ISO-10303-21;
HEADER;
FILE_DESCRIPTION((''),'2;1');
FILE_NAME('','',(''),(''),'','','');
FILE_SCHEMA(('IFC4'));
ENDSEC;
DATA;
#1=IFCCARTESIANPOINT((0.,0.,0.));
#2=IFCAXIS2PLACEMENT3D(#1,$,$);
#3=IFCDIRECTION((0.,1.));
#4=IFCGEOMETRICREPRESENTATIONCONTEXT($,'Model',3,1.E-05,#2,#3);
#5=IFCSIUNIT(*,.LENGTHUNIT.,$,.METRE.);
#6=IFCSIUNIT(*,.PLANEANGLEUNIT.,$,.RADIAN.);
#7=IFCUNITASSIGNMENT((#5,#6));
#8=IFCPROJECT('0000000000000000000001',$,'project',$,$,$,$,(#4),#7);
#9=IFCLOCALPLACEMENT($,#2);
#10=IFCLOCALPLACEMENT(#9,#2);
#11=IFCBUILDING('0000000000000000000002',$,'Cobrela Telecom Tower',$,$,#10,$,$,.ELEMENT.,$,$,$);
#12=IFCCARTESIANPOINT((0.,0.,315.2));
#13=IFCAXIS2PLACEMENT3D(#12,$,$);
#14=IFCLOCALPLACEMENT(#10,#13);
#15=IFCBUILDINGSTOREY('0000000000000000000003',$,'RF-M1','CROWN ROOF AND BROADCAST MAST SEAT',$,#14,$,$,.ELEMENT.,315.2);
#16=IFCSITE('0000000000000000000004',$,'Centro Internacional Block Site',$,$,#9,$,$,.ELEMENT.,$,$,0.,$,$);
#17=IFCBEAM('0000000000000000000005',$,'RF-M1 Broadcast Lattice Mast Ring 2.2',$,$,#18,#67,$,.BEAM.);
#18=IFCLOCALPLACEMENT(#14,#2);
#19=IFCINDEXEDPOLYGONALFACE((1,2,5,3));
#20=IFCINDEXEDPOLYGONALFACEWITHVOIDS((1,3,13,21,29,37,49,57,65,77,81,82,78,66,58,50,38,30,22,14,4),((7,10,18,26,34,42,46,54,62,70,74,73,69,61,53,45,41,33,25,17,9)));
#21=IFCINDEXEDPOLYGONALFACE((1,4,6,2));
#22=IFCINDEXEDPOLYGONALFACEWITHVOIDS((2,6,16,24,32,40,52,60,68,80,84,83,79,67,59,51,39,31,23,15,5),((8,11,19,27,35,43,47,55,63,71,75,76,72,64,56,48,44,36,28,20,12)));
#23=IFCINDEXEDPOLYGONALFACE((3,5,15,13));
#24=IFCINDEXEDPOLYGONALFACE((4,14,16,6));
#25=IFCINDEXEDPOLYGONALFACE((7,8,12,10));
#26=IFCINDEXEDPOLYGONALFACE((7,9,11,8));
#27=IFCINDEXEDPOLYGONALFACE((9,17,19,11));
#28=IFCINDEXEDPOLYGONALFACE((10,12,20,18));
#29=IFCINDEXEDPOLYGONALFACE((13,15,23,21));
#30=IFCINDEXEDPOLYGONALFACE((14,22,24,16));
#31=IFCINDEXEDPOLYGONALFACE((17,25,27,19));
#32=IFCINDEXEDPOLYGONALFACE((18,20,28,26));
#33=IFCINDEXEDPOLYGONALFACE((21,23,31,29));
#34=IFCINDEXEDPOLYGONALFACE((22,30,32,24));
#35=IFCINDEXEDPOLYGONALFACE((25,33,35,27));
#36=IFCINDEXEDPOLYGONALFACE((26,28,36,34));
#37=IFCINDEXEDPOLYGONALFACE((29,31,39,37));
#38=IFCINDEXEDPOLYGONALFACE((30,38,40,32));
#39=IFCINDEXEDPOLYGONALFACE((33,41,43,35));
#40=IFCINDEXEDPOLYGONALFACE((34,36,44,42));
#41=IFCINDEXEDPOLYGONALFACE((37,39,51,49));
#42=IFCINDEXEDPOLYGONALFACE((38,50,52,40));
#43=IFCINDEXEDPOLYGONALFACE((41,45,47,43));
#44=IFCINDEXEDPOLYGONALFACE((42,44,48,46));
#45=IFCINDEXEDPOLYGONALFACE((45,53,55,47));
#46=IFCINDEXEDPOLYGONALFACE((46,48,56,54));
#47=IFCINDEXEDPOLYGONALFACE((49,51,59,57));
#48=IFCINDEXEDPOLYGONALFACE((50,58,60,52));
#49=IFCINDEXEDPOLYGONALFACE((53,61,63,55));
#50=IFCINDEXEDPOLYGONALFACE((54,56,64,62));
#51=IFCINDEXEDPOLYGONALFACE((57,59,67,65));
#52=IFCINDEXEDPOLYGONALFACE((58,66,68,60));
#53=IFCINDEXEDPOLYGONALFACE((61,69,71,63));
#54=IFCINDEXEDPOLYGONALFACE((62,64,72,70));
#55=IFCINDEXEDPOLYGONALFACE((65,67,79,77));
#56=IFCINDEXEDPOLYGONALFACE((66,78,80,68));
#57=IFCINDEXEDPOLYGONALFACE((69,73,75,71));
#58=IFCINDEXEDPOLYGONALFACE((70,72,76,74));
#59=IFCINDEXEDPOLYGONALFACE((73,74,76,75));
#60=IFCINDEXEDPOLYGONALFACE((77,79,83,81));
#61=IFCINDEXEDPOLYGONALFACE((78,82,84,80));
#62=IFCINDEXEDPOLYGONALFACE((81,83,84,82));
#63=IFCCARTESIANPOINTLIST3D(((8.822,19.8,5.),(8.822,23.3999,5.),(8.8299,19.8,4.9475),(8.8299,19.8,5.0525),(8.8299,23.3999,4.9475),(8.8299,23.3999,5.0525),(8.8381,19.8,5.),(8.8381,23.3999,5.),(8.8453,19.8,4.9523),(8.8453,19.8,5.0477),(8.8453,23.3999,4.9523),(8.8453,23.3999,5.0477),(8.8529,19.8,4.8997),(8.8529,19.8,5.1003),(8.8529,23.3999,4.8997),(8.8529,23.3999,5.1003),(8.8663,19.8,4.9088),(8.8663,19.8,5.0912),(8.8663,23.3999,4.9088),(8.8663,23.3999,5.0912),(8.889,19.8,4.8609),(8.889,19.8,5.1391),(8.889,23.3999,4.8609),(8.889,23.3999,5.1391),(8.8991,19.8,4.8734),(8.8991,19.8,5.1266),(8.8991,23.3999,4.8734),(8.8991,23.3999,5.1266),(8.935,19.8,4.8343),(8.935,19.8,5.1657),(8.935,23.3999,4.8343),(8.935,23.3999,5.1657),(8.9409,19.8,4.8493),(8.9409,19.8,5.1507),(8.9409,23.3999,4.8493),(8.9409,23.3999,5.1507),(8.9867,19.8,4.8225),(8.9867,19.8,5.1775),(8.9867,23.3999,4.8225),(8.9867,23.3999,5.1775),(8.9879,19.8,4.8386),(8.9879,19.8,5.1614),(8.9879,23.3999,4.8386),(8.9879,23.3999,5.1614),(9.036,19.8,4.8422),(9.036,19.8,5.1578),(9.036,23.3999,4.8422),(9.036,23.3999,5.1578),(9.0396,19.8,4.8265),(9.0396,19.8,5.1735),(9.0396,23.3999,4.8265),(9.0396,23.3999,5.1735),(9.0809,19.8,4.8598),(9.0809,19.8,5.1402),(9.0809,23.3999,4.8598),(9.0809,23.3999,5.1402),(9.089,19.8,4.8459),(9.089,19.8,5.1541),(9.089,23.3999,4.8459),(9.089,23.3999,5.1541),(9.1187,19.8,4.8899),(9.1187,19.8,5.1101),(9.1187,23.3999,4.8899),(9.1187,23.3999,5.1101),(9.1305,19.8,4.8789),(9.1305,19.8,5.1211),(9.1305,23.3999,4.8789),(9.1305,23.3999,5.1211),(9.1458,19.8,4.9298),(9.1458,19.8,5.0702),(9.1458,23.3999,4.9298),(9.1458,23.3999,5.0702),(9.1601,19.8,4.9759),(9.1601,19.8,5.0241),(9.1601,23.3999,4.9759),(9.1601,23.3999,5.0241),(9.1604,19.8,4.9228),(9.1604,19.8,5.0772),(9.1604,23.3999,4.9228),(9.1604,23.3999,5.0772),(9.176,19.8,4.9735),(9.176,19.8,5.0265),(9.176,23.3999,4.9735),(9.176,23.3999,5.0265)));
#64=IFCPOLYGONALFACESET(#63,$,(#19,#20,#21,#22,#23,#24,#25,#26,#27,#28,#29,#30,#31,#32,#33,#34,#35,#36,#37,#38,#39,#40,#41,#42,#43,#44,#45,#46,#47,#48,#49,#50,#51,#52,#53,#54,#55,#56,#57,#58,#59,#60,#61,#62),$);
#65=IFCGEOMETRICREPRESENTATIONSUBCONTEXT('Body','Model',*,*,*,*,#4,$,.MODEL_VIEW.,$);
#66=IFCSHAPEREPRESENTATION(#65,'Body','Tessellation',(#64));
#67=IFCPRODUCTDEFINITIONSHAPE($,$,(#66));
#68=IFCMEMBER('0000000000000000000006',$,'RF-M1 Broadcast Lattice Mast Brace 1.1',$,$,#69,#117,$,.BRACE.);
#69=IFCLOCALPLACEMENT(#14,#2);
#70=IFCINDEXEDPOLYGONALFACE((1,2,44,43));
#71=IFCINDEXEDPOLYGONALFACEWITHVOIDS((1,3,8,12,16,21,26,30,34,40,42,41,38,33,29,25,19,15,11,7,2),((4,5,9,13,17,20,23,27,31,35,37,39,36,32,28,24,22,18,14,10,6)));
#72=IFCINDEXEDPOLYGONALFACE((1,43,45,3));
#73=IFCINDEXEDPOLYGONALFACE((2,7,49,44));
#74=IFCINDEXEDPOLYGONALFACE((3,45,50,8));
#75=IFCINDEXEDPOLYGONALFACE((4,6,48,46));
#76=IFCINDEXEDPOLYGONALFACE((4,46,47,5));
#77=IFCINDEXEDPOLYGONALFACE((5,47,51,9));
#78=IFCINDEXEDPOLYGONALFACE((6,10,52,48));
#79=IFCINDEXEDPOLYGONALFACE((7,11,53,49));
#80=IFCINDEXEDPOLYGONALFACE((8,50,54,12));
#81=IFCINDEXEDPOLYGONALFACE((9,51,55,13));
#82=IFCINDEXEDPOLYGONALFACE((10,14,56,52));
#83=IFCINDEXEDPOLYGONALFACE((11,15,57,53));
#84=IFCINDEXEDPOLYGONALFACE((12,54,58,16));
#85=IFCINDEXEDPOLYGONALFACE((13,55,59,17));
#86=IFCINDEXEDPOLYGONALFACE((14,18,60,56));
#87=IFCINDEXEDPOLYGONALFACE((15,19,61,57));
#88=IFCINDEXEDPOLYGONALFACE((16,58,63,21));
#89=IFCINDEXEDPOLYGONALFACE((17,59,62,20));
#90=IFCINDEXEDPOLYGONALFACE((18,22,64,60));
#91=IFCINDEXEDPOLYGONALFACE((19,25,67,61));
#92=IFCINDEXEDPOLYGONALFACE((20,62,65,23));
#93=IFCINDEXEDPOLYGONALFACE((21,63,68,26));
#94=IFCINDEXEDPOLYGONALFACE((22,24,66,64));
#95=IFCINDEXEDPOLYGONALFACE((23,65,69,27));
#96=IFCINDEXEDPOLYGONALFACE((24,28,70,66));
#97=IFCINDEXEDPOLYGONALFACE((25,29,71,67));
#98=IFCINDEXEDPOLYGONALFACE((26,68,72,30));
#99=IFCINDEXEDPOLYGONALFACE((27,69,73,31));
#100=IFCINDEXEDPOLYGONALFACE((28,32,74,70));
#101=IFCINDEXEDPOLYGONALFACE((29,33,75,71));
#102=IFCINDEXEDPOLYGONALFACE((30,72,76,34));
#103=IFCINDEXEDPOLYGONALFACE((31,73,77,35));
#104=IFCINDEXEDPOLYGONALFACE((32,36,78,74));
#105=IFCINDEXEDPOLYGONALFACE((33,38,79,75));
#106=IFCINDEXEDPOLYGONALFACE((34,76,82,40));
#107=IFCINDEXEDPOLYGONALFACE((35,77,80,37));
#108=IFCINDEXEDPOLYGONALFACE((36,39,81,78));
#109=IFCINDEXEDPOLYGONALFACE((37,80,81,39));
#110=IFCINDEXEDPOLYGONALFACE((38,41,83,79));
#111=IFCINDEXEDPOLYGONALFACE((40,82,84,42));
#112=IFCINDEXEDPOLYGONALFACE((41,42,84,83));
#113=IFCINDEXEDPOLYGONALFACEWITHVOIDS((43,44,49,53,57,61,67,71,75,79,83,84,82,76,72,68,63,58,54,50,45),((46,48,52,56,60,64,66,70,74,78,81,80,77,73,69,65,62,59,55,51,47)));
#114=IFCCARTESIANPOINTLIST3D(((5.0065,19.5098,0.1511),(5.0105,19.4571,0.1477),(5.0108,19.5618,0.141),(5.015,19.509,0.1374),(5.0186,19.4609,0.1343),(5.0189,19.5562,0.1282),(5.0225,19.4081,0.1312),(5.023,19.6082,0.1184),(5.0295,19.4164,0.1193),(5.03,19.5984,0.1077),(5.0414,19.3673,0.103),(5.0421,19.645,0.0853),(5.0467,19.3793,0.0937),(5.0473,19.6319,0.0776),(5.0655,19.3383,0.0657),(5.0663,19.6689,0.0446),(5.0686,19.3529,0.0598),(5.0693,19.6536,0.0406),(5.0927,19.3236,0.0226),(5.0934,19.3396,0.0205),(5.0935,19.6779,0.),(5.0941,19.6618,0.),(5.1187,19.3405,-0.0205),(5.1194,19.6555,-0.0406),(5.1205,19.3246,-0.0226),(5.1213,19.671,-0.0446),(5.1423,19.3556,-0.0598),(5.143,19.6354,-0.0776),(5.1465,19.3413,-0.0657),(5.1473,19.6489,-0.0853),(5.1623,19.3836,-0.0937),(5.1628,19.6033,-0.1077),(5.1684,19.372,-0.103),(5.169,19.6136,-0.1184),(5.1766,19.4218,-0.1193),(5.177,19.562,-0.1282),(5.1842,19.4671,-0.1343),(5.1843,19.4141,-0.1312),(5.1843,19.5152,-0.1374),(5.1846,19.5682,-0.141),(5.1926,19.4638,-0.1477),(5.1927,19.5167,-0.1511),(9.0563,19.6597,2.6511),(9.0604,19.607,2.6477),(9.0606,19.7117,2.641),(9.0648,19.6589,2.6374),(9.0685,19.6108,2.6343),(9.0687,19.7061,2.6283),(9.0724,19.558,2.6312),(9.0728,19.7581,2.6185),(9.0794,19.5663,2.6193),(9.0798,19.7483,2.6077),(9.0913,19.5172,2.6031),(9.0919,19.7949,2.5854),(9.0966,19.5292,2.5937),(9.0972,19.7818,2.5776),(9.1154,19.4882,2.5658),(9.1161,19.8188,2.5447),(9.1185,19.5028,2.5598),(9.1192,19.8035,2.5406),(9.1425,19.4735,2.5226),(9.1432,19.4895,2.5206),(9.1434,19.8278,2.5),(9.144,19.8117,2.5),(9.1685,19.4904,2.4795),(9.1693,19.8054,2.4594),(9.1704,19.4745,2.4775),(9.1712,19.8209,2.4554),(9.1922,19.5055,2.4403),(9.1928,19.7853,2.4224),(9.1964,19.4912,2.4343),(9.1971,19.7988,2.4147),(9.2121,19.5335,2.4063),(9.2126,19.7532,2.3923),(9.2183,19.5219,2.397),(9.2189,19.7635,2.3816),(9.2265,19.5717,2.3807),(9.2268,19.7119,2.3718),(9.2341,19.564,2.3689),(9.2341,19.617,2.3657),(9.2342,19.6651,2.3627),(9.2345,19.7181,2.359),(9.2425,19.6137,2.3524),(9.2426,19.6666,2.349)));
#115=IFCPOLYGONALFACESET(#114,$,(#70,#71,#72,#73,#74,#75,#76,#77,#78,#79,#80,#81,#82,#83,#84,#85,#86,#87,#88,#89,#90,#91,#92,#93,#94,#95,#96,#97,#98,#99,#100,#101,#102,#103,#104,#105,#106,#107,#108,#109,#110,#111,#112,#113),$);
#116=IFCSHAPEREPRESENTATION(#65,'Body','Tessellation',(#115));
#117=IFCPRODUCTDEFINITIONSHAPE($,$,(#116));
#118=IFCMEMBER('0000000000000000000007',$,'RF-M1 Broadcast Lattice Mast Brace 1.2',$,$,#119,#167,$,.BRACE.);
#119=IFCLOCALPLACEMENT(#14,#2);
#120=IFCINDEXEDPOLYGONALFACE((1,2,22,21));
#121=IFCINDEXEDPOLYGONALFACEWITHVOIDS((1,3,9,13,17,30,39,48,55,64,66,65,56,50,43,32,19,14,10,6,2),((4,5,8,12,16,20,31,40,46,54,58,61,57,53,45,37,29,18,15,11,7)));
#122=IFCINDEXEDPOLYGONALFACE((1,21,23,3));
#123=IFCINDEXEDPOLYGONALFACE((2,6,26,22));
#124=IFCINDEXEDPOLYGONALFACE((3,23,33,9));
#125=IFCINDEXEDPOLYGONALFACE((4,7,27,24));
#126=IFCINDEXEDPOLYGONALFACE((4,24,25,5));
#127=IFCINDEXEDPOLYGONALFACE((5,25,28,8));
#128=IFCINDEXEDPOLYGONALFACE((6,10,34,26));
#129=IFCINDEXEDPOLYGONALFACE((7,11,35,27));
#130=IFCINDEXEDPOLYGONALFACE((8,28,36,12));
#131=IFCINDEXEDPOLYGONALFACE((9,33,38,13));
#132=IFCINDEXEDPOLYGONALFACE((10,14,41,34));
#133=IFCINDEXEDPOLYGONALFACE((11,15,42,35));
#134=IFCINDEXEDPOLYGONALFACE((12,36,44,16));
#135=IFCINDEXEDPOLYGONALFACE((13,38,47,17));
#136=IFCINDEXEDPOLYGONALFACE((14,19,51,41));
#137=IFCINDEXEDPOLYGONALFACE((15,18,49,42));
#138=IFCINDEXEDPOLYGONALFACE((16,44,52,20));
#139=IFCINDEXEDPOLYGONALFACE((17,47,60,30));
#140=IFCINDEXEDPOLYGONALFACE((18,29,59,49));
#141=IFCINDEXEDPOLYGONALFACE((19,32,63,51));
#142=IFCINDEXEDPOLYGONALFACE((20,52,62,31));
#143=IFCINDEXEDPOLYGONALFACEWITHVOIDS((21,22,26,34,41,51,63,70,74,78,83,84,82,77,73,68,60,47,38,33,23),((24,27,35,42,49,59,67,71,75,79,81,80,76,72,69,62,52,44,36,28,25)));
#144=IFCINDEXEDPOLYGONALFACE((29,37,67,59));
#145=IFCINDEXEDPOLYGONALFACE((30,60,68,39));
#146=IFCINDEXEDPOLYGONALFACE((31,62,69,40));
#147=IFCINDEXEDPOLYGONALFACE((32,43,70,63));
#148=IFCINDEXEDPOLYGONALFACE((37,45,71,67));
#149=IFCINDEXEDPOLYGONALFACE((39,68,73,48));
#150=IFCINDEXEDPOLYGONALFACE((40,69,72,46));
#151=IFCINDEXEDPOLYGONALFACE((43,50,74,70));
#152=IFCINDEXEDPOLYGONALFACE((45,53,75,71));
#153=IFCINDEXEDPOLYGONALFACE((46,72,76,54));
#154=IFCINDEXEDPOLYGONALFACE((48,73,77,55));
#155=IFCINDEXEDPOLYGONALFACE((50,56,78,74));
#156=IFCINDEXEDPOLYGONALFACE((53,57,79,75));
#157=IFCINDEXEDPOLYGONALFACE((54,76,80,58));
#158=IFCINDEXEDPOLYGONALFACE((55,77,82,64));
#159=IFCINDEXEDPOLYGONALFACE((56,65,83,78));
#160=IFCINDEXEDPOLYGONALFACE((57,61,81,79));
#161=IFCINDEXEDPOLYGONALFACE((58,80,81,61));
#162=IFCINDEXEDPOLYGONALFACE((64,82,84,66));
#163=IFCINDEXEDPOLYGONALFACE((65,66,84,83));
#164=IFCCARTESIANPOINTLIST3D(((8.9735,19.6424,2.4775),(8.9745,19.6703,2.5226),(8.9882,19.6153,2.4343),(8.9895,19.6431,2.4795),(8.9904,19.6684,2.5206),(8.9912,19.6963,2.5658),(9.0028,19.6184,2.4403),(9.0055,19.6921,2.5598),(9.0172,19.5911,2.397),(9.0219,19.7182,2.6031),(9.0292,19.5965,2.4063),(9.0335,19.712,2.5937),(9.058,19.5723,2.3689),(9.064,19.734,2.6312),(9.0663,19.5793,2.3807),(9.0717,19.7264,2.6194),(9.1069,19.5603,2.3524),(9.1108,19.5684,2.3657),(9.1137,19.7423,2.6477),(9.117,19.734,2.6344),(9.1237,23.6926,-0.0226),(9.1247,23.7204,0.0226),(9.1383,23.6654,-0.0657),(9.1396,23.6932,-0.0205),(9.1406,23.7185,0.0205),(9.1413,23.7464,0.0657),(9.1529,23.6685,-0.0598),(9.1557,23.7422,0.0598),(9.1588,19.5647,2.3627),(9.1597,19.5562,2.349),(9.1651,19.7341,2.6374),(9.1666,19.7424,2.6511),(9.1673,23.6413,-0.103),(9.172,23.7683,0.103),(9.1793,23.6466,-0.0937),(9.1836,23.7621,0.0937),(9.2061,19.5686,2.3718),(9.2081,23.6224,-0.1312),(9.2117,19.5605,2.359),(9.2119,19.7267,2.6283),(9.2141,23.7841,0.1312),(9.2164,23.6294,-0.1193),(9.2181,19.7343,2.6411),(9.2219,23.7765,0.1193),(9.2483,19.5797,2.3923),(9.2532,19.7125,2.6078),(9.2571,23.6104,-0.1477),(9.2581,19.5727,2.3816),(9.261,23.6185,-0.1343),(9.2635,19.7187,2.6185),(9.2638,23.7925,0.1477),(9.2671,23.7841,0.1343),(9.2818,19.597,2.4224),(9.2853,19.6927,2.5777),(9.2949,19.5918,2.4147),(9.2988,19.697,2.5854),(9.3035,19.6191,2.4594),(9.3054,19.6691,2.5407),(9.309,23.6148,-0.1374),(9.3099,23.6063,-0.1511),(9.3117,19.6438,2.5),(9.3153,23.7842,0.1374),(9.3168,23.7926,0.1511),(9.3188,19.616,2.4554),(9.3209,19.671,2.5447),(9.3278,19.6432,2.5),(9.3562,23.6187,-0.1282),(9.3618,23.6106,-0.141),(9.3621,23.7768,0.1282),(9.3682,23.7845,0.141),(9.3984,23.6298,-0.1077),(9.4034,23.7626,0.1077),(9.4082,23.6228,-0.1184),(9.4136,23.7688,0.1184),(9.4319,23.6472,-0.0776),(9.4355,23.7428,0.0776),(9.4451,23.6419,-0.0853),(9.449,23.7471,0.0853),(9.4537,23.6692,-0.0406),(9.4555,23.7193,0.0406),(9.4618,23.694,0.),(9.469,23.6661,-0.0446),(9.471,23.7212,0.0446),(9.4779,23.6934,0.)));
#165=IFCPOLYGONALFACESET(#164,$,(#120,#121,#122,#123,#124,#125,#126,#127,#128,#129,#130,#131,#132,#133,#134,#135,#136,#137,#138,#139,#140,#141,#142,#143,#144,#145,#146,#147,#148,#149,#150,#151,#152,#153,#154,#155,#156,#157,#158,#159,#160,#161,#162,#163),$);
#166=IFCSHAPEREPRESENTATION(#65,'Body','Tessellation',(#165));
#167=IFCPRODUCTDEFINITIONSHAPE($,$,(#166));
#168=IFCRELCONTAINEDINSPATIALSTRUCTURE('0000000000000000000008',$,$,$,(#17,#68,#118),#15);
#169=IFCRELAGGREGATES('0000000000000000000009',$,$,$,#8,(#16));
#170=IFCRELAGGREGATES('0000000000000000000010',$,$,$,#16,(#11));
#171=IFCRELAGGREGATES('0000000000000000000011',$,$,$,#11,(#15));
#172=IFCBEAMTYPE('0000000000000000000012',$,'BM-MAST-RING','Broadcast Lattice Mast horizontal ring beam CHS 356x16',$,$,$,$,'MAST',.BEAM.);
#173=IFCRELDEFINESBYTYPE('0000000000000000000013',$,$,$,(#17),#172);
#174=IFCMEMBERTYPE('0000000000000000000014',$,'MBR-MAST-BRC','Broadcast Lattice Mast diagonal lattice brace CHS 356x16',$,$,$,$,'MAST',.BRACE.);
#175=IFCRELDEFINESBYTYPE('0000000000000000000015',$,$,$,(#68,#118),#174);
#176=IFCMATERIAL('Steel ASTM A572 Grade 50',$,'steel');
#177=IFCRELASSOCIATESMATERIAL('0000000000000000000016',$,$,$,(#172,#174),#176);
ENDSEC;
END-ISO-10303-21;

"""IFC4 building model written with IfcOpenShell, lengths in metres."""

from ifc_helpers import new_model, si_unit, direction, frame, origin, origin_2d, place, context, subcontext, project, spatial, hollow_circle, extrude, material, material_profile, profile_set, type_object, element, save


model = new_model("IFC4")

# Units and contexts
model_context = context("Model", 3, precision=1e-05, world=origin(), true_north=direction((0.0, 1.0)))
body_context = subcontext(model_context, "Body", "Model", "MODEL_VIEW")
ifc_project = project(units=[si_unit("LENGTHUNIT", "METRE"), si_unit("PLANEANGLEUNIT", "RADIAN")], contexts=[model_context])

# Site, building, storey
site_placement = place(None, origin())
site = spatial("IfcSite", under=ifc_project, at=site_placement, Name="Centro Internacional Block Site", CompositionType="ELEMENT", RefElevation=0.0)
building_placement = place(site_placement, origin())
building = spatial("IfcBuilding", under=site, at=building_placement, Name="Cobrela Telecom Tower", CompositionType="ELEMENT")
storey_placement = place(building_placement, frame((0.0, 0.0, 315.2)))
storey = spatial("IfcBuildingStorey", under=building, at=storey_placement, Name="RF-M1", Description="CROWN ROOF AND BROADCAST MAST SEAT", CompositionType="ELEMENT", Elevation=315.2)

# Shared definitions
ifc_material = material(Name="Steel ASTM A572 Grade 50", Category="steel")

# Beam
ifc_material_profile_1 = material_profile(ifc_material, hollow_circle(Radius=0.178, WallThickness=0.0161, at=origin_2d()), Name="CHS 356x16")
ifc_profile_set_1 = profile_set([ifc_material_profile_1], Name="Steel ASTM A572 Grade 50")
beam_type = type_object("IfcBeamType", Name="BM-MAST-RING", Description="Broadcast Lattice Mast horizontal ring beam CHS 356x16", ElementType="MAST", PredefinedType="BEAM", material=ifc_profile_set_1)
beam_1_placement = place(storey_placement, frame((9.0, 19.8, 5.0), z_axis=(0.0, 1.0, 0.0), x_axis=(-1.0, 0.0, 0.0)))
element("IfcBeam", 1, at=beam_1_placement, inside=storey, type_object=beam_type, Name="RF-M1 Broadcast Lattice Mast Ring 2.2", PredefinedType="BEAM", context=body_context, shape_type="SweptSolid", body=[
    extrude(hollow_circle(Radius=0.178, WallThickness=0.0161, at=origin_2d()), origin(), (0.0, 0.0, 1.0), 3.5999),
])

# Members
ifc_material_profile_2 = material_profile(ifc_material, hollow_circle(Radius=0.178, WallThickness=0.0161, at=origin_2d()), Name="CHS 356x16")
ifc_profile_set_2 = profile_set([ifc_material_profile_2], Name="Steel ASTM A572 Grade 50")
member_type = type_object("IfcMemberType", Name="MBR-MAST-BRC", Description="Broadcast Lattice Mast diagonal lattice brace CHS 356x16", ElementType="MAST", PredefinedType="BRACE", material=ifc_profile_set_2)
member_placement = place(storey_placement, frame((5.1001, 19.5, 0.0), z_axis=(0.850503, 0.031481, 0.525027), x_axis=(-0.036989, 0.999316, 0.0)))
element("IfcMember", 2, at=member_placement, inside=storey, type_object=member_type, Name="RF-M1 Broadcast Lattice Mast Brace 1.1", PredefinedType="BRACE", context=body_context, shape_type="SweptSolid", body=[
    extrude(hollow_circle(Radius=0.178, WallThickness=0.0161, at=origin_2d()), origin(), (0.0, 0.0, 1.0), 4.7617),
])
for number, where, z_axis, x_axis, name in (
    (3, (9.3, 23.7, 0.0), (-0.031531, -0.850516, 0.525003), (0.999314, -0.037047, 0.0), "RF-M1 Broadcast Lattice Mast Brace 1.2"),
):
    element("IfcMember", number, at=place(storey_placement, frame(where, z_axis=z_axis, x_axis=x_axis)), inside=storey, type_object=member_type, Name=name, PredefinedType="BRACE", context=body_context, shape_type="SweptSolid", body=[
        extrude(hollow_circle(Radius=0.178, WallThickness=0.0161, at=origin_2d()), origin(), (0.0, 0.0, 1.0), 4.762),
    ])

save(model, "model.ifc")
